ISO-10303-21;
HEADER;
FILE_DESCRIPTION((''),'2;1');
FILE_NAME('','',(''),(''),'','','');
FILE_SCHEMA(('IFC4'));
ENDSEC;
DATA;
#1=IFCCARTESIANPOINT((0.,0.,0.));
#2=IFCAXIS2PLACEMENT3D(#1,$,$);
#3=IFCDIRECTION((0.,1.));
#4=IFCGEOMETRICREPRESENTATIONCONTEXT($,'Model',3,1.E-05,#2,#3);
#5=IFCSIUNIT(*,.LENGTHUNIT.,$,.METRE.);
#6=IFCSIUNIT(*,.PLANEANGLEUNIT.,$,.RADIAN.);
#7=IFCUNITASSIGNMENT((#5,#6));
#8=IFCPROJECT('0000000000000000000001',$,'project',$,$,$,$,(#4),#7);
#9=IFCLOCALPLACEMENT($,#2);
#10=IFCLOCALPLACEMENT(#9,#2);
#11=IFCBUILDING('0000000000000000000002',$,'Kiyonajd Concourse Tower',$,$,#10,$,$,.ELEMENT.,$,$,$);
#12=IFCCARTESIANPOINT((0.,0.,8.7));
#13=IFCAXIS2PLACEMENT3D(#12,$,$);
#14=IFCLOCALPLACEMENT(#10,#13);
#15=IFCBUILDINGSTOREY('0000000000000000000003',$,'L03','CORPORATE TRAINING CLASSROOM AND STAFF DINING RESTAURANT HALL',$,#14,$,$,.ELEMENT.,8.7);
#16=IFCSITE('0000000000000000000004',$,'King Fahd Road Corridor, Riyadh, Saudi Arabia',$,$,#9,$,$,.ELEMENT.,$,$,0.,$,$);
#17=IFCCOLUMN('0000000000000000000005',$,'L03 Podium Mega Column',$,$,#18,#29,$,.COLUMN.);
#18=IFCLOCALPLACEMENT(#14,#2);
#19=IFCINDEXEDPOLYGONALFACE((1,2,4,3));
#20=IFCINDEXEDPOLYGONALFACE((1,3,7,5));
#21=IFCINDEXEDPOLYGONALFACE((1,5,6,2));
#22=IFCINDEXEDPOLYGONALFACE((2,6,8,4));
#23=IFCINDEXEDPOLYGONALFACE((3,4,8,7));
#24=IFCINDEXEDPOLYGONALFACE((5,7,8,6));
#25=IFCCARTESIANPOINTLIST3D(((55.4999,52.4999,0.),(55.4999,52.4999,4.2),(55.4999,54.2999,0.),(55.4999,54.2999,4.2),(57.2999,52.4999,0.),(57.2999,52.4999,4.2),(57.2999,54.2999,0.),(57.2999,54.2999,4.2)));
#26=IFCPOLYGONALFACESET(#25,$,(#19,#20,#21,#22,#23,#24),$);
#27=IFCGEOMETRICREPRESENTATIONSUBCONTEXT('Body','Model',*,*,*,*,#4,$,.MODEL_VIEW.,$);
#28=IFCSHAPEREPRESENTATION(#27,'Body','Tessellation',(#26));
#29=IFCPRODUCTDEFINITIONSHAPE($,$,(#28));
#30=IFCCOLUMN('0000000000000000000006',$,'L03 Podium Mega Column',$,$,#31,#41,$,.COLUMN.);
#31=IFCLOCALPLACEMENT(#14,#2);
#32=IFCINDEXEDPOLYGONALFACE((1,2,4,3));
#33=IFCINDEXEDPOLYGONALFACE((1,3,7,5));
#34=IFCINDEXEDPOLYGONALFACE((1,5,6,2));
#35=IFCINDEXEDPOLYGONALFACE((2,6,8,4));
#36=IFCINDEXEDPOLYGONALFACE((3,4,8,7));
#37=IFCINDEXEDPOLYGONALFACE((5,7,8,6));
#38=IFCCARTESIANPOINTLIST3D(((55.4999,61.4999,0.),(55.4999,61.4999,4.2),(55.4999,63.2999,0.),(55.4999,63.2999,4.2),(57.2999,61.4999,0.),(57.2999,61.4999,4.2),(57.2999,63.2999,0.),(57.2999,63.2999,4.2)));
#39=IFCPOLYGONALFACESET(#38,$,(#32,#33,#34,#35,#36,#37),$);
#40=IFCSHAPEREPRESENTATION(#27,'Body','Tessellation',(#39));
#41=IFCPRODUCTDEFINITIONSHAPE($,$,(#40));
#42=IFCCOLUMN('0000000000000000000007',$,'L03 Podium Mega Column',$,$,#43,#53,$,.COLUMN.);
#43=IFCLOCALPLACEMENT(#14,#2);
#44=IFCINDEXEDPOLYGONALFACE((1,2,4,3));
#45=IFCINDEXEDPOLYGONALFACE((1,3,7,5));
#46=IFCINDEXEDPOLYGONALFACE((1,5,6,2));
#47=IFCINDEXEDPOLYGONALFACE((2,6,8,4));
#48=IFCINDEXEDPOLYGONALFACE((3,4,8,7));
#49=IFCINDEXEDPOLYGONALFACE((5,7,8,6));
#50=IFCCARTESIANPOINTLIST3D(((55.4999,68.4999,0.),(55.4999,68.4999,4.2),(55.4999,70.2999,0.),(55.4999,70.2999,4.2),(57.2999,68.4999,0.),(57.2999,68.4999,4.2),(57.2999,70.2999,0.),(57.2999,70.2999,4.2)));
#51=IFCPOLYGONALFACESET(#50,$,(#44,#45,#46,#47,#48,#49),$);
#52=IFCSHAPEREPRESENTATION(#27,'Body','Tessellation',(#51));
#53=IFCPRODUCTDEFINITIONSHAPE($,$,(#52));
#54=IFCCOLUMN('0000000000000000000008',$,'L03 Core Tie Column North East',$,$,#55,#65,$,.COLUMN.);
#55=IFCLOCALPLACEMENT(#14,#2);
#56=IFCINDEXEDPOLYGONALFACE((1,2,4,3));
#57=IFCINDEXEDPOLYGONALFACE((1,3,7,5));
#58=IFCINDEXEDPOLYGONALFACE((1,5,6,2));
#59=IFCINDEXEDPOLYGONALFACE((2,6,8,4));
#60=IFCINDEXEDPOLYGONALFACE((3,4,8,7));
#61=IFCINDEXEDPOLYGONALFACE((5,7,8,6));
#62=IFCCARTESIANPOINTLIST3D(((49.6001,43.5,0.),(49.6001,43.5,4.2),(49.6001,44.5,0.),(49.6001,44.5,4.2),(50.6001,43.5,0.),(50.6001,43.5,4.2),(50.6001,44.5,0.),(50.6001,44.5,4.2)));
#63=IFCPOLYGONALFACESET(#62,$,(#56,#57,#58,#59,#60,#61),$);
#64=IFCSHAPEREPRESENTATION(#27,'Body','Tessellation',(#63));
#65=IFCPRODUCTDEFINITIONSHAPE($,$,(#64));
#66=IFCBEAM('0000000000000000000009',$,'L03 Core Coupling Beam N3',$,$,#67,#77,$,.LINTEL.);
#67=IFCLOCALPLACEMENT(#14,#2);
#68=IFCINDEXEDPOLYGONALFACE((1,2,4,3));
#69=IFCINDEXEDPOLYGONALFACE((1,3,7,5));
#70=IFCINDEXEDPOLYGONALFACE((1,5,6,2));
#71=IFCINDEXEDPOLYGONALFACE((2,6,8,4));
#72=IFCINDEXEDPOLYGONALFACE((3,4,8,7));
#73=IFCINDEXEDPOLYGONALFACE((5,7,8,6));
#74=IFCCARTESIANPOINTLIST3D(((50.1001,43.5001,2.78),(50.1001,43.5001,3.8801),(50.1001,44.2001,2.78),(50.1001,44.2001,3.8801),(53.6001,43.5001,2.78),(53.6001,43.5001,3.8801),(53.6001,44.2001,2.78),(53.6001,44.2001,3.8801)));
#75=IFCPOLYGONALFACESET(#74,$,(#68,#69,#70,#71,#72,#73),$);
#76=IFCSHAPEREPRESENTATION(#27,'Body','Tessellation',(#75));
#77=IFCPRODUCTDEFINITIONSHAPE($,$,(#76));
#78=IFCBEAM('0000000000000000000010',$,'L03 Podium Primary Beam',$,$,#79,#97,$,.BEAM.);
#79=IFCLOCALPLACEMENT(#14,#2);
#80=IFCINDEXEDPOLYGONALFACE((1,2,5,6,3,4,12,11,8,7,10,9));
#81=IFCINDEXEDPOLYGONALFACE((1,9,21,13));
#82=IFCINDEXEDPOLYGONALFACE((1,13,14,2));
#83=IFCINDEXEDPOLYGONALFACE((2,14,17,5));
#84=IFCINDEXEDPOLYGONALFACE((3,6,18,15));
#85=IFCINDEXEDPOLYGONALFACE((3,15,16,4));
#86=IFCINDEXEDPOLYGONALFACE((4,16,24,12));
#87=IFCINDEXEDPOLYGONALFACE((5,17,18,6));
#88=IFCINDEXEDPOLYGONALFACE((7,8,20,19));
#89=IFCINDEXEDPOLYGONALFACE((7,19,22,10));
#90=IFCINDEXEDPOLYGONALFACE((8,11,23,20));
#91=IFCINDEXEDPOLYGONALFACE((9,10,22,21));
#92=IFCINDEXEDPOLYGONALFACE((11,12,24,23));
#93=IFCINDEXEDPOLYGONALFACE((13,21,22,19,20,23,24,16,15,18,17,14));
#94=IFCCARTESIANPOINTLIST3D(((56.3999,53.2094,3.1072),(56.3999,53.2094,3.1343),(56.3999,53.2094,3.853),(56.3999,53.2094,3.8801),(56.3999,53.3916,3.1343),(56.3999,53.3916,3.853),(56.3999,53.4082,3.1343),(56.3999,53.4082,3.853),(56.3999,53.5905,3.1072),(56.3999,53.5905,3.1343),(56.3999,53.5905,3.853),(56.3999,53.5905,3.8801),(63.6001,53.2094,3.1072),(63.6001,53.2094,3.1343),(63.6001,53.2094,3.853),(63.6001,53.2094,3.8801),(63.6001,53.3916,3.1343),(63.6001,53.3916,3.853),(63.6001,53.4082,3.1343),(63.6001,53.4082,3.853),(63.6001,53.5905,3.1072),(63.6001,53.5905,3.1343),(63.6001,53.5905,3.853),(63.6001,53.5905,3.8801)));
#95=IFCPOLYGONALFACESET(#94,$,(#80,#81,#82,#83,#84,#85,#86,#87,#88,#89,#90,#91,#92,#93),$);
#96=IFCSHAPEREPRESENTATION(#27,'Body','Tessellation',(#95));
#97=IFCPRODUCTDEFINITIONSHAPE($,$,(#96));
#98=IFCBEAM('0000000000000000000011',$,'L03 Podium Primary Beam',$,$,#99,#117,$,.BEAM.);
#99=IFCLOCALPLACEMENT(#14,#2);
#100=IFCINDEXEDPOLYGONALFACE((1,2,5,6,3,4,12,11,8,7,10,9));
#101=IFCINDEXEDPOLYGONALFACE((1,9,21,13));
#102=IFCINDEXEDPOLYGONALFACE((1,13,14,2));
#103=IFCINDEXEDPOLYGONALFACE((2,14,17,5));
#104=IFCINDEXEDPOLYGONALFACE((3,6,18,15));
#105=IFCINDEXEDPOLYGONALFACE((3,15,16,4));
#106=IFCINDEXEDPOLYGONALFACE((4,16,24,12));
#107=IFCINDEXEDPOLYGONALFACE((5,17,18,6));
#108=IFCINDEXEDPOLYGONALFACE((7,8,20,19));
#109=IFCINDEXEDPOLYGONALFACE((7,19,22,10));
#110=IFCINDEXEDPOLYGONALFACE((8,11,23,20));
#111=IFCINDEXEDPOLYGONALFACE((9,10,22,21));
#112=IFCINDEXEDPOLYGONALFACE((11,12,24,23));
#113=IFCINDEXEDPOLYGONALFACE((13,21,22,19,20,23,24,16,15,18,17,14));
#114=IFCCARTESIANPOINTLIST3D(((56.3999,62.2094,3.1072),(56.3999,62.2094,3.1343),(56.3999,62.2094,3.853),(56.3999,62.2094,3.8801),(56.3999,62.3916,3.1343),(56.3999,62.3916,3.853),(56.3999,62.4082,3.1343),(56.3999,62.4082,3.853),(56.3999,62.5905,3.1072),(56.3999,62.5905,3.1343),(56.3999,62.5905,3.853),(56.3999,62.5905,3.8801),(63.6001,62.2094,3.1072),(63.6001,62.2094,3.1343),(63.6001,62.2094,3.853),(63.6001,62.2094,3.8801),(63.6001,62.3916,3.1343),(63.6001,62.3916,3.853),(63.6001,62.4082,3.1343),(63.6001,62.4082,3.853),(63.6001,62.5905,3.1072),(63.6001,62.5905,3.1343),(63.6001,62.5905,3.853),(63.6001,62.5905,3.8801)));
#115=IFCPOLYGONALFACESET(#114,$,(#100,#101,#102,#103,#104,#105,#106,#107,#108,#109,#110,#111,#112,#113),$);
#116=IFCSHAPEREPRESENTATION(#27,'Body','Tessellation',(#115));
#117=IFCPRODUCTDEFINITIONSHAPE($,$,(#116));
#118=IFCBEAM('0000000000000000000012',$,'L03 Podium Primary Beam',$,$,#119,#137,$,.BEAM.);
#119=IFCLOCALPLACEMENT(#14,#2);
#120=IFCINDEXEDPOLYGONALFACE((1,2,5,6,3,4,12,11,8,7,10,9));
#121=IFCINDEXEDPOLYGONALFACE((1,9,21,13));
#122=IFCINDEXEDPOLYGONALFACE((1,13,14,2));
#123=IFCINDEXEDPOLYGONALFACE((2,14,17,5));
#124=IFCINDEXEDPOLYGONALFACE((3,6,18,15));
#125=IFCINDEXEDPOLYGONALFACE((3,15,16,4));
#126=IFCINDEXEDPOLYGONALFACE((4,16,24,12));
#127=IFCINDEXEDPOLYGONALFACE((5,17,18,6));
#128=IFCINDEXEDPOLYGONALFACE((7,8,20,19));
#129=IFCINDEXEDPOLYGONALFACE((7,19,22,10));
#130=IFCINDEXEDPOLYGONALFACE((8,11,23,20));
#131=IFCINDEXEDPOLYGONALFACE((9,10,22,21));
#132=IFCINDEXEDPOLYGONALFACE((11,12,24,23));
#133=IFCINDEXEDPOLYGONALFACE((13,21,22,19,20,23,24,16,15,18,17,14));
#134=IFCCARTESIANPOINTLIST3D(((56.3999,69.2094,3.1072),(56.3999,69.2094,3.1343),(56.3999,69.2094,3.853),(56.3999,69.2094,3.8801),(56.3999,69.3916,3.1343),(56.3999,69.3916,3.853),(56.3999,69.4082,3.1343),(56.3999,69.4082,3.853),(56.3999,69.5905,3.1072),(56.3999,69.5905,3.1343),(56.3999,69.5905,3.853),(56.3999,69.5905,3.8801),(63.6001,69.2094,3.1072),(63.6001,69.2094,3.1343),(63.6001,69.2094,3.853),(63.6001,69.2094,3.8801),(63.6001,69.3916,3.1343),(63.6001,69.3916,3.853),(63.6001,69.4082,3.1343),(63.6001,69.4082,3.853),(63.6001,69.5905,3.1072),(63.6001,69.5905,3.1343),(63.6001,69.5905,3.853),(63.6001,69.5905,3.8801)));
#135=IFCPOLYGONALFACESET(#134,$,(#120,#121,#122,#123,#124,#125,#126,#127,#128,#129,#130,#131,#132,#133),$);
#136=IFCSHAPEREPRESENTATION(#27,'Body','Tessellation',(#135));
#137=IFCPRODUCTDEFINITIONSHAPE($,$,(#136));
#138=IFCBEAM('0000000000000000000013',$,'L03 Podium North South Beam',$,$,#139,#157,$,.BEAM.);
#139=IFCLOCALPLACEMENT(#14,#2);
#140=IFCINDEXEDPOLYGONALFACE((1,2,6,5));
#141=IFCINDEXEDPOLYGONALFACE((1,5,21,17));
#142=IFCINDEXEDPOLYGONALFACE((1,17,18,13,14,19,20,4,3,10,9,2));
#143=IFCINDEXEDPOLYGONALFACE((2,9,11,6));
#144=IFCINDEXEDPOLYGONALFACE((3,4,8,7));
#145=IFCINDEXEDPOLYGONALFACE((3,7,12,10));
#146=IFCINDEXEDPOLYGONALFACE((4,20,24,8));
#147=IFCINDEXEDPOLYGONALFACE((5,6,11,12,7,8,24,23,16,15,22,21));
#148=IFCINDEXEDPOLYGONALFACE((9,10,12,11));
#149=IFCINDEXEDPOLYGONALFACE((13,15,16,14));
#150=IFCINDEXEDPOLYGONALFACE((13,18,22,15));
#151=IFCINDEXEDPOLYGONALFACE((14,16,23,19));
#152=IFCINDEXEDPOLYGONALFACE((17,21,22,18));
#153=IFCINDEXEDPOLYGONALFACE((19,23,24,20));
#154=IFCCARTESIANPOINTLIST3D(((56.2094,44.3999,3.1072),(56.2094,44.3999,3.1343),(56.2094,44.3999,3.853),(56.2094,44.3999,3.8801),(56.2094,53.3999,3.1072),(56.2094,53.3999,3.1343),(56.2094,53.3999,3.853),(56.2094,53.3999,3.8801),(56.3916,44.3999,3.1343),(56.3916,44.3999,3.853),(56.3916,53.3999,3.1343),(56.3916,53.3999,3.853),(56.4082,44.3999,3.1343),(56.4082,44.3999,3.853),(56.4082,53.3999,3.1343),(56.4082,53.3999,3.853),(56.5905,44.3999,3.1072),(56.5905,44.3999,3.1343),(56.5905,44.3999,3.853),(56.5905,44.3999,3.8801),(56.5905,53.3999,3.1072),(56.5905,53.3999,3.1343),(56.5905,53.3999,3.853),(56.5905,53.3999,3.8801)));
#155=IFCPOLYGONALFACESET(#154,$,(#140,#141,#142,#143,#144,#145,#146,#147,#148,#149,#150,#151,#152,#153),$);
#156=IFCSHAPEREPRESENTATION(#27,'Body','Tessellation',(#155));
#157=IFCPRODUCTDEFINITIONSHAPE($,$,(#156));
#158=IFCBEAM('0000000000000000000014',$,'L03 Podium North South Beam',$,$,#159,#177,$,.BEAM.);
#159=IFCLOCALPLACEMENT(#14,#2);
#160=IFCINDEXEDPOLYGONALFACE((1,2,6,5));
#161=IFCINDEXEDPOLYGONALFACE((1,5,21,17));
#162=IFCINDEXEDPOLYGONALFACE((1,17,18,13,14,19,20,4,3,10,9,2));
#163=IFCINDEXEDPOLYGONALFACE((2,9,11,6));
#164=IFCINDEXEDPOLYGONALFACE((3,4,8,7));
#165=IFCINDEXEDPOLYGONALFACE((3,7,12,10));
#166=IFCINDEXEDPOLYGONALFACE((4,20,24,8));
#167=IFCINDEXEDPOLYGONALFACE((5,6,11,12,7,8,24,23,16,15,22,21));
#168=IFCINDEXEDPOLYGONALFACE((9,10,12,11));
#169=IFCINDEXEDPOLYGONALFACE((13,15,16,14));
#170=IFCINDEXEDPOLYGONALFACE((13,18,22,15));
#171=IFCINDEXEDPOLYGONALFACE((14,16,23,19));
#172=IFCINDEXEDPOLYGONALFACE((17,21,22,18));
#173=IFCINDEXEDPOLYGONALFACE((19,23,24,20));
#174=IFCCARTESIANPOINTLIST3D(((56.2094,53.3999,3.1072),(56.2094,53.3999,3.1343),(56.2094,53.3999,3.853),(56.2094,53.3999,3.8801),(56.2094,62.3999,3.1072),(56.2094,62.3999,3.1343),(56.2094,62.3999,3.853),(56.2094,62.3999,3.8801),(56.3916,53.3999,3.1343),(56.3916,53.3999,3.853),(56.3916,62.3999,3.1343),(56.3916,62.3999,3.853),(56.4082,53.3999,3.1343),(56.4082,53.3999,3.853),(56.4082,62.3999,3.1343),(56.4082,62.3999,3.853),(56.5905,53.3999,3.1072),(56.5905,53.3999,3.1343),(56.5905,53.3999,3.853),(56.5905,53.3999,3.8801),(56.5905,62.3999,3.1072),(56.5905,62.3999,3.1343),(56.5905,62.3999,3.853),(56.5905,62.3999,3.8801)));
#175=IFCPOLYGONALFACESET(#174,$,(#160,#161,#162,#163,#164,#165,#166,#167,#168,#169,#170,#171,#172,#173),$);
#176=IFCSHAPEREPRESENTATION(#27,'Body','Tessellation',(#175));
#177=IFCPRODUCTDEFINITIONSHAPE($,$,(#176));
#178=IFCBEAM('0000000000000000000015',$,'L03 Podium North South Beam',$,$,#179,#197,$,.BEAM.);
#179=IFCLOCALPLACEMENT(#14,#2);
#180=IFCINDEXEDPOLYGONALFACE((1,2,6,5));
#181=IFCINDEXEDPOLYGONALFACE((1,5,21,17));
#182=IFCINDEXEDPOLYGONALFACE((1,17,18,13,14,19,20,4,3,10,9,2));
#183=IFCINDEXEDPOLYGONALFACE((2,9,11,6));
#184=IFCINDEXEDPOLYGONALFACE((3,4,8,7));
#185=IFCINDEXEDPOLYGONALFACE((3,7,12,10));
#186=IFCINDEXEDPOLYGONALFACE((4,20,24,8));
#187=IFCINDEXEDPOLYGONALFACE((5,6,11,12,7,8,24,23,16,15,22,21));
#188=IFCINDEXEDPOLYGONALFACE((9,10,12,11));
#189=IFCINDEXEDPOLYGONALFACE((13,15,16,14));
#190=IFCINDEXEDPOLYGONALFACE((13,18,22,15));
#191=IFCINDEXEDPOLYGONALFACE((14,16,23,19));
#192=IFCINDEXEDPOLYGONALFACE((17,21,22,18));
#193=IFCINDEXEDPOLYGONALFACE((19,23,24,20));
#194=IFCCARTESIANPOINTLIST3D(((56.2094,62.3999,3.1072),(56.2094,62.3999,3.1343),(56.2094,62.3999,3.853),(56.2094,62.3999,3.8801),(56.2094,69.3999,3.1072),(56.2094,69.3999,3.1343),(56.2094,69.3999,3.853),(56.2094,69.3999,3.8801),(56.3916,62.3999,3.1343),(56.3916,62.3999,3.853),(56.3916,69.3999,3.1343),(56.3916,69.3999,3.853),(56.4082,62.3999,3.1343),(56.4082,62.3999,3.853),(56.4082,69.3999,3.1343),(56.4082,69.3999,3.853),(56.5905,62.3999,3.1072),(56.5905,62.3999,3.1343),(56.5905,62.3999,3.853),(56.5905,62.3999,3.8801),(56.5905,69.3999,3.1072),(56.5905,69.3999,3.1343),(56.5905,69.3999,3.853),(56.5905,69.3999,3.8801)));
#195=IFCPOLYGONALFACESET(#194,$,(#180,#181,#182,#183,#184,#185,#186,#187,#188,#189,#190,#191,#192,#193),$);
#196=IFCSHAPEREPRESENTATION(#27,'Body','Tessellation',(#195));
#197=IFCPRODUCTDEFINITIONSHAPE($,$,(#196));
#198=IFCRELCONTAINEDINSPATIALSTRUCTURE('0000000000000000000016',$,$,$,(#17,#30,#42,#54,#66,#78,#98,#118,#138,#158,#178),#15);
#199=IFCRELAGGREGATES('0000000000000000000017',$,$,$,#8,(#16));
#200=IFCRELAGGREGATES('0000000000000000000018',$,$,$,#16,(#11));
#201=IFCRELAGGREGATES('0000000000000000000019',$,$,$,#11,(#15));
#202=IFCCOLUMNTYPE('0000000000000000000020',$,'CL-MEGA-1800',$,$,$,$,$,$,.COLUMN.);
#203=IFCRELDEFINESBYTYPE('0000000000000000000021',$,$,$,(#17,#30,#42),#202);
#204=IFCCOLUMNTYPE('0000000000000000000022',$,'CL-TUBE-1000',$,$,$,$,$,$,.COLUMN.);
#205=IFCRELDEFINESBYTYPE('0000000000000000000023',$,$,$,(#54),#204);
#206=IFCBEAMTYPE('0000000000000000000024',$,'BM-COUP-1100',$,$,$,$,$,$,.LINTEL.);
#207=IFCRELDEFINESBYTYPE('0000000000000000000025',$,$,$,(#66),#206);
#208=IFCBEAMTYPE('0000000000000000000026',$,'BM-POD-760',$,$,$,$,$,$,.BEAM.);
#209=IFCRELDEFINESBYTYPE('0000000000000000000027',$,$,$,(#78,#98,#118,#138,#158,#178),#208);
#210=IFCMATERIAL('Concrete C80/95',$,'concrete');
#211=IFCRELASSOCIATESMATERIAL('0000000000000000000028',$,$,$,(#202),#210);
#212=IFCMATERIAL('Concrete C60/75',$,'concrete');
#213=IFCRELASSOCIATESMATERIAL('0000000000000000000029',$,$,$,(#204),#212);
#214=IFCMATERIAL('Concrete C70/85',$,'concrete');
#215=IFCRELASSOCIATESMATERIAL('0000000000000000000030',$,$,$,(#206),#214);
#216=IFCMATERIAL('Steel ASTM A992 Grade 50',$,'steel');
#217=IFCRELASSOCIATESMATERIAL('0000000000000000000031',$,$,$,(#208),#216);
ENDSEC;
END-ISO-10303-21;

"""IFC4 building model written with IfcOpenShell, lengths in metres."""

from ifc_helpers import new_model, si_unit, direction, frame, origin, origin_2d, place, context, subcontext, project, spatial, rectangle, i_section, extrude, material, material_profile, profile_set, type_object, element, save


model = new_model("IFC4")

# Units and contexts
model_context = context("Model", 3, precision=1e-05, world=origin(), true_north=direction((0.0, 1.0)))
body_context = subcontext(model_context, "Body", "Model", "MODEL_VIEW")
ifc_project = project(units=[si_unit("LENGTHUNIT", "METRE"), si_unit("PLANEANGLEUNIT", "RADIAN")], contexts=[model_context])

# Site, building, storey
site_placement = place(None, origin())
site = spatial("IfcSite", under=ifc_project, at=site_placement, Name="King Fahd Road Corridor, Riyadh, Saudi Arabia", CompositionType="ELEMENT", RefElevation=0.0)
building_placement = place(site_placement, origin())
building = spatial("IfcBuilding", under=site, at=building_placement, Name="Kiyonajd Concourse Tower", CompositionType="ELEMENT")
storey_placement = place(building_placement, frame((0.0, 0.0, 8.7)))
storey = spatial("IfcBuildingStorey", under=building, at=storey_placement, Name="L03", Description="CORPORATE TRAINING CLASSROOM AND STAFF DINING RESTAURANT HALL", CompositionType="ELEMENT", Elevation=8.7)

# Columns
ifc_material_1 = material(Name="Concrete C80/95", Category="concrete")
ifc_material_profile_1 = material_profile(ifc_material_1, rectangle(XDim=1.8, YDim=1.8, at=origin_2d()), Name="RC-1800x1800")
ifc_profile_set_1 = profile_set([ifc_material_profile_1], Name="Concrete C80/95")
column_type_1 = type_object("IfcColumnType", Name="CL-MEGA-1800", PredefinedType="COLUMN", material=ifc_profile_set_1)
for number, where, z_axis, x_axis, name in (
    (1, (56.3999, 53.3999, 0.0), (0.0, 0.0, 1.0), (1.0, 0.0, 0.0), "L03 Podium Mega Column"),
    (2, (56.3999, 62.3999, 0.0), (0.0, 0.0, 1.0), (1.0, 0.0, 0.0), "L03 Podium Mega Column"),
    (3, (56.3999, 69.3999, 0.0), (0.0, 0.0, 1.0), (1.0, 0.0, 0.0), "L03 Podium Mega Column"),
):
    element("IfcColumn", number, at=place(storey_placement, frame(where, z_axis=z_axis, x_axis=x_axis)), inside=storey, type_object=column_type_1, Name=name, PredefinedType="COLUMN", context=body_context, shape_type="SweptSolid", body=[
        extrude(rectangle(XDim=1.8, YDim=1.8, at=origin_2d()), origin(), (0.0, 0.0, 1.0), 4.2),
    ])
ifc_material_2 = material(Name="Concrete C60/75", Category="concrete")
ifc_material_profile_2 = material_profile(ifc_material_2, rectangle(XDim=1.0, YDim=1.0, at=origin_2d()), Name="RC-1000x1000")
ifc_profile_set_2 = profile_set([ifc_material_profile_2], Name="Concrete C60/75")
column_type_2 = type_object("IfcColumnType", Name="CL-TUBE-1000", PredefinedType="COLUMN", material=ifc_profile_set_2)
column_placement = place(storey_placement, frame((50.1001, 44.0, 0.0), z_axis=(0.0, 0.0, 1.0), x_axis=(1.0, 0.0, 0.0)))
element("IfcColumn", 4, at=column_placement, inside=storey, type_object=column_type_2, Name="L03 Core Tie Column North East", PredefinedType="COLUMN", context=body_context, shape_type="SweptSolid", body=[
    extrude(rectangle(XDim=1.0, YDim=1.0, at=origin_2d()), origin(), (0.0, 0.0, 1.0), 4.2),
])

# Beams
ifc_material_3 = material(Name="Concrete C70/85", Category="concrete")
ifc_material_profile_3 = material_profile(ifc_material_3, rectangle(XDim=0.7, YDim=1.1001, at=origin_2d()), Name="RCBM-700x1100")
ifc_profile_set_3 = profile_set([ifc_material_profile_3], Name="Concrete C70/85")
beam_type_1 = type_object("IfcBeamType", Name="BM-COUP-1100", PredefinedType="LINTEL", material=ifc_profile_set_3)
beam_1_placement = place(storey_placement, frame((50.1001, 43.8501, 3.3301), z_axis=(1.0, 0.0, 0.0), x_axis=(0.0, 1.0, 0.0)))
element("IfcBeam", 5, at=beam_1_placement, inside=storey, type_object=beam_type_1, Name="L03 Core Coupling Beam N3", PredefinedType="LINTEL", context=body_context, shape_type="SweptSolid", body=[
    extrude(rectangle(XDim=0.7, YDim=1.1001, at=origin_2d()), origin(), (0.0, 0.0, 1.0), 3.5),
])
ifc_material_4 = material(Name="Steel ASTM A992 Grade 50", Category="steel")
ifc_material_profile_4 = material_profile(ifc_material_4, i_section(OverallWidth=0.3811, OverallDepth=0.7729, WebThickness=0.0166, FlangeThickness=0.0271, at=origin_2d()), Name="W760X257")
ifc_profile_set_4 = profile_set([ifc_material_profile_4], Name="Steel ASTM A992 Grade 50")
beam_type_2 = type_object("IfcBeamType", Name="BM-POD-760", PredefinedType="BEAM", material=ifc_profile_set_4)
for number, where, z_axis, x_axis, name in (
    (6, (56.3999, 53.3999, 3.4937), (1.0, 0.0, 0.0), (0.0, 1.0, 0.0), "L03 Podium Primary Beam"),
    (7, (56.3999, 62.3999, 3.4937), (1.0, 0.0, 0.0), (0.0, 1.0, 0.0), "L03 Podium Primary Beam"),
    (8, (56.3999, 69.3999, 3.4937), (1.0, 0.0, 0.0), (0.0, 1.0, 0.0), "L03 Podium Primary Beam"),
):
    element("IfcBeam", number, at=place(storey_placement, frame(where, z_axis=z_axis, x_axis=x_axis)), inside=storey, type_object=beam_type_2, Name=name, PredefinedType="BEAM", context=body_context, shape_type="SweptSolid", body=[
        extrude(i_section(OverallWidth=0.3811, OverallDepth=0.7729, WebThickness=0.0166, FlangeThickness=0.0271, at=origin_2d()), origin(), (0.0, 0.0, 1.0), 7.2002),
    ])
for number, where, z_axis, x_axis, name in (
    (9, (56.3999, 44.3999, 3.4937), (0.0, 1.0, 0.0), (-1.0, 0.0, 0.0), "L03 Podium North South Beam"),
    (10, (56.3999, 53.3999, 3.4937), (0.0, 1.0, 0.0), (-1.0, 0.0, 0.0), "L03 Podium North South Beam"),
):
    element("IfcBeam", number, at=place(storey_placement, frame(where, z_axis=z_axis, x_axis=x_axis)), inside=storey, type_object=beam_type_2, Name=name, PredefinedType="BEAM", context=body_context, shape_type="SweptSolid", body=[
        extrude(i_section(OverallWidth=0.3811, OverallDepth=0.7729, WebThickness=0.0166, FlangeThickness=0.0271, at=origin_2d()), origin(), (0.0, 0.0, 1.0), 9.0),
    ])
beam_2_placement = place(storey_placement, frame((56.3999, 62.3999, 3.4937), z_axis=(0.0, 1.0, 0.0), x_axis=(-1.0, 0.0, 0.0)))
element("IfcBeam", 11, at=beam_2_placement, inside=storey, type_object=beam_type_2, Name="L03 Podium North South Beam", PredefinedType="BEAM", context=body_context, shape_type="SweptSolid", body=[
    extrude(i_section(OverallWidth=0.3811, OverallDepth=0.7729, WebThickness=0.0166, FlangeThickness=0.0271, at=origin_2d()), origin(), (0.0, 0.0, 1.0), 7.0),
])

save(model, "model.ifc")
